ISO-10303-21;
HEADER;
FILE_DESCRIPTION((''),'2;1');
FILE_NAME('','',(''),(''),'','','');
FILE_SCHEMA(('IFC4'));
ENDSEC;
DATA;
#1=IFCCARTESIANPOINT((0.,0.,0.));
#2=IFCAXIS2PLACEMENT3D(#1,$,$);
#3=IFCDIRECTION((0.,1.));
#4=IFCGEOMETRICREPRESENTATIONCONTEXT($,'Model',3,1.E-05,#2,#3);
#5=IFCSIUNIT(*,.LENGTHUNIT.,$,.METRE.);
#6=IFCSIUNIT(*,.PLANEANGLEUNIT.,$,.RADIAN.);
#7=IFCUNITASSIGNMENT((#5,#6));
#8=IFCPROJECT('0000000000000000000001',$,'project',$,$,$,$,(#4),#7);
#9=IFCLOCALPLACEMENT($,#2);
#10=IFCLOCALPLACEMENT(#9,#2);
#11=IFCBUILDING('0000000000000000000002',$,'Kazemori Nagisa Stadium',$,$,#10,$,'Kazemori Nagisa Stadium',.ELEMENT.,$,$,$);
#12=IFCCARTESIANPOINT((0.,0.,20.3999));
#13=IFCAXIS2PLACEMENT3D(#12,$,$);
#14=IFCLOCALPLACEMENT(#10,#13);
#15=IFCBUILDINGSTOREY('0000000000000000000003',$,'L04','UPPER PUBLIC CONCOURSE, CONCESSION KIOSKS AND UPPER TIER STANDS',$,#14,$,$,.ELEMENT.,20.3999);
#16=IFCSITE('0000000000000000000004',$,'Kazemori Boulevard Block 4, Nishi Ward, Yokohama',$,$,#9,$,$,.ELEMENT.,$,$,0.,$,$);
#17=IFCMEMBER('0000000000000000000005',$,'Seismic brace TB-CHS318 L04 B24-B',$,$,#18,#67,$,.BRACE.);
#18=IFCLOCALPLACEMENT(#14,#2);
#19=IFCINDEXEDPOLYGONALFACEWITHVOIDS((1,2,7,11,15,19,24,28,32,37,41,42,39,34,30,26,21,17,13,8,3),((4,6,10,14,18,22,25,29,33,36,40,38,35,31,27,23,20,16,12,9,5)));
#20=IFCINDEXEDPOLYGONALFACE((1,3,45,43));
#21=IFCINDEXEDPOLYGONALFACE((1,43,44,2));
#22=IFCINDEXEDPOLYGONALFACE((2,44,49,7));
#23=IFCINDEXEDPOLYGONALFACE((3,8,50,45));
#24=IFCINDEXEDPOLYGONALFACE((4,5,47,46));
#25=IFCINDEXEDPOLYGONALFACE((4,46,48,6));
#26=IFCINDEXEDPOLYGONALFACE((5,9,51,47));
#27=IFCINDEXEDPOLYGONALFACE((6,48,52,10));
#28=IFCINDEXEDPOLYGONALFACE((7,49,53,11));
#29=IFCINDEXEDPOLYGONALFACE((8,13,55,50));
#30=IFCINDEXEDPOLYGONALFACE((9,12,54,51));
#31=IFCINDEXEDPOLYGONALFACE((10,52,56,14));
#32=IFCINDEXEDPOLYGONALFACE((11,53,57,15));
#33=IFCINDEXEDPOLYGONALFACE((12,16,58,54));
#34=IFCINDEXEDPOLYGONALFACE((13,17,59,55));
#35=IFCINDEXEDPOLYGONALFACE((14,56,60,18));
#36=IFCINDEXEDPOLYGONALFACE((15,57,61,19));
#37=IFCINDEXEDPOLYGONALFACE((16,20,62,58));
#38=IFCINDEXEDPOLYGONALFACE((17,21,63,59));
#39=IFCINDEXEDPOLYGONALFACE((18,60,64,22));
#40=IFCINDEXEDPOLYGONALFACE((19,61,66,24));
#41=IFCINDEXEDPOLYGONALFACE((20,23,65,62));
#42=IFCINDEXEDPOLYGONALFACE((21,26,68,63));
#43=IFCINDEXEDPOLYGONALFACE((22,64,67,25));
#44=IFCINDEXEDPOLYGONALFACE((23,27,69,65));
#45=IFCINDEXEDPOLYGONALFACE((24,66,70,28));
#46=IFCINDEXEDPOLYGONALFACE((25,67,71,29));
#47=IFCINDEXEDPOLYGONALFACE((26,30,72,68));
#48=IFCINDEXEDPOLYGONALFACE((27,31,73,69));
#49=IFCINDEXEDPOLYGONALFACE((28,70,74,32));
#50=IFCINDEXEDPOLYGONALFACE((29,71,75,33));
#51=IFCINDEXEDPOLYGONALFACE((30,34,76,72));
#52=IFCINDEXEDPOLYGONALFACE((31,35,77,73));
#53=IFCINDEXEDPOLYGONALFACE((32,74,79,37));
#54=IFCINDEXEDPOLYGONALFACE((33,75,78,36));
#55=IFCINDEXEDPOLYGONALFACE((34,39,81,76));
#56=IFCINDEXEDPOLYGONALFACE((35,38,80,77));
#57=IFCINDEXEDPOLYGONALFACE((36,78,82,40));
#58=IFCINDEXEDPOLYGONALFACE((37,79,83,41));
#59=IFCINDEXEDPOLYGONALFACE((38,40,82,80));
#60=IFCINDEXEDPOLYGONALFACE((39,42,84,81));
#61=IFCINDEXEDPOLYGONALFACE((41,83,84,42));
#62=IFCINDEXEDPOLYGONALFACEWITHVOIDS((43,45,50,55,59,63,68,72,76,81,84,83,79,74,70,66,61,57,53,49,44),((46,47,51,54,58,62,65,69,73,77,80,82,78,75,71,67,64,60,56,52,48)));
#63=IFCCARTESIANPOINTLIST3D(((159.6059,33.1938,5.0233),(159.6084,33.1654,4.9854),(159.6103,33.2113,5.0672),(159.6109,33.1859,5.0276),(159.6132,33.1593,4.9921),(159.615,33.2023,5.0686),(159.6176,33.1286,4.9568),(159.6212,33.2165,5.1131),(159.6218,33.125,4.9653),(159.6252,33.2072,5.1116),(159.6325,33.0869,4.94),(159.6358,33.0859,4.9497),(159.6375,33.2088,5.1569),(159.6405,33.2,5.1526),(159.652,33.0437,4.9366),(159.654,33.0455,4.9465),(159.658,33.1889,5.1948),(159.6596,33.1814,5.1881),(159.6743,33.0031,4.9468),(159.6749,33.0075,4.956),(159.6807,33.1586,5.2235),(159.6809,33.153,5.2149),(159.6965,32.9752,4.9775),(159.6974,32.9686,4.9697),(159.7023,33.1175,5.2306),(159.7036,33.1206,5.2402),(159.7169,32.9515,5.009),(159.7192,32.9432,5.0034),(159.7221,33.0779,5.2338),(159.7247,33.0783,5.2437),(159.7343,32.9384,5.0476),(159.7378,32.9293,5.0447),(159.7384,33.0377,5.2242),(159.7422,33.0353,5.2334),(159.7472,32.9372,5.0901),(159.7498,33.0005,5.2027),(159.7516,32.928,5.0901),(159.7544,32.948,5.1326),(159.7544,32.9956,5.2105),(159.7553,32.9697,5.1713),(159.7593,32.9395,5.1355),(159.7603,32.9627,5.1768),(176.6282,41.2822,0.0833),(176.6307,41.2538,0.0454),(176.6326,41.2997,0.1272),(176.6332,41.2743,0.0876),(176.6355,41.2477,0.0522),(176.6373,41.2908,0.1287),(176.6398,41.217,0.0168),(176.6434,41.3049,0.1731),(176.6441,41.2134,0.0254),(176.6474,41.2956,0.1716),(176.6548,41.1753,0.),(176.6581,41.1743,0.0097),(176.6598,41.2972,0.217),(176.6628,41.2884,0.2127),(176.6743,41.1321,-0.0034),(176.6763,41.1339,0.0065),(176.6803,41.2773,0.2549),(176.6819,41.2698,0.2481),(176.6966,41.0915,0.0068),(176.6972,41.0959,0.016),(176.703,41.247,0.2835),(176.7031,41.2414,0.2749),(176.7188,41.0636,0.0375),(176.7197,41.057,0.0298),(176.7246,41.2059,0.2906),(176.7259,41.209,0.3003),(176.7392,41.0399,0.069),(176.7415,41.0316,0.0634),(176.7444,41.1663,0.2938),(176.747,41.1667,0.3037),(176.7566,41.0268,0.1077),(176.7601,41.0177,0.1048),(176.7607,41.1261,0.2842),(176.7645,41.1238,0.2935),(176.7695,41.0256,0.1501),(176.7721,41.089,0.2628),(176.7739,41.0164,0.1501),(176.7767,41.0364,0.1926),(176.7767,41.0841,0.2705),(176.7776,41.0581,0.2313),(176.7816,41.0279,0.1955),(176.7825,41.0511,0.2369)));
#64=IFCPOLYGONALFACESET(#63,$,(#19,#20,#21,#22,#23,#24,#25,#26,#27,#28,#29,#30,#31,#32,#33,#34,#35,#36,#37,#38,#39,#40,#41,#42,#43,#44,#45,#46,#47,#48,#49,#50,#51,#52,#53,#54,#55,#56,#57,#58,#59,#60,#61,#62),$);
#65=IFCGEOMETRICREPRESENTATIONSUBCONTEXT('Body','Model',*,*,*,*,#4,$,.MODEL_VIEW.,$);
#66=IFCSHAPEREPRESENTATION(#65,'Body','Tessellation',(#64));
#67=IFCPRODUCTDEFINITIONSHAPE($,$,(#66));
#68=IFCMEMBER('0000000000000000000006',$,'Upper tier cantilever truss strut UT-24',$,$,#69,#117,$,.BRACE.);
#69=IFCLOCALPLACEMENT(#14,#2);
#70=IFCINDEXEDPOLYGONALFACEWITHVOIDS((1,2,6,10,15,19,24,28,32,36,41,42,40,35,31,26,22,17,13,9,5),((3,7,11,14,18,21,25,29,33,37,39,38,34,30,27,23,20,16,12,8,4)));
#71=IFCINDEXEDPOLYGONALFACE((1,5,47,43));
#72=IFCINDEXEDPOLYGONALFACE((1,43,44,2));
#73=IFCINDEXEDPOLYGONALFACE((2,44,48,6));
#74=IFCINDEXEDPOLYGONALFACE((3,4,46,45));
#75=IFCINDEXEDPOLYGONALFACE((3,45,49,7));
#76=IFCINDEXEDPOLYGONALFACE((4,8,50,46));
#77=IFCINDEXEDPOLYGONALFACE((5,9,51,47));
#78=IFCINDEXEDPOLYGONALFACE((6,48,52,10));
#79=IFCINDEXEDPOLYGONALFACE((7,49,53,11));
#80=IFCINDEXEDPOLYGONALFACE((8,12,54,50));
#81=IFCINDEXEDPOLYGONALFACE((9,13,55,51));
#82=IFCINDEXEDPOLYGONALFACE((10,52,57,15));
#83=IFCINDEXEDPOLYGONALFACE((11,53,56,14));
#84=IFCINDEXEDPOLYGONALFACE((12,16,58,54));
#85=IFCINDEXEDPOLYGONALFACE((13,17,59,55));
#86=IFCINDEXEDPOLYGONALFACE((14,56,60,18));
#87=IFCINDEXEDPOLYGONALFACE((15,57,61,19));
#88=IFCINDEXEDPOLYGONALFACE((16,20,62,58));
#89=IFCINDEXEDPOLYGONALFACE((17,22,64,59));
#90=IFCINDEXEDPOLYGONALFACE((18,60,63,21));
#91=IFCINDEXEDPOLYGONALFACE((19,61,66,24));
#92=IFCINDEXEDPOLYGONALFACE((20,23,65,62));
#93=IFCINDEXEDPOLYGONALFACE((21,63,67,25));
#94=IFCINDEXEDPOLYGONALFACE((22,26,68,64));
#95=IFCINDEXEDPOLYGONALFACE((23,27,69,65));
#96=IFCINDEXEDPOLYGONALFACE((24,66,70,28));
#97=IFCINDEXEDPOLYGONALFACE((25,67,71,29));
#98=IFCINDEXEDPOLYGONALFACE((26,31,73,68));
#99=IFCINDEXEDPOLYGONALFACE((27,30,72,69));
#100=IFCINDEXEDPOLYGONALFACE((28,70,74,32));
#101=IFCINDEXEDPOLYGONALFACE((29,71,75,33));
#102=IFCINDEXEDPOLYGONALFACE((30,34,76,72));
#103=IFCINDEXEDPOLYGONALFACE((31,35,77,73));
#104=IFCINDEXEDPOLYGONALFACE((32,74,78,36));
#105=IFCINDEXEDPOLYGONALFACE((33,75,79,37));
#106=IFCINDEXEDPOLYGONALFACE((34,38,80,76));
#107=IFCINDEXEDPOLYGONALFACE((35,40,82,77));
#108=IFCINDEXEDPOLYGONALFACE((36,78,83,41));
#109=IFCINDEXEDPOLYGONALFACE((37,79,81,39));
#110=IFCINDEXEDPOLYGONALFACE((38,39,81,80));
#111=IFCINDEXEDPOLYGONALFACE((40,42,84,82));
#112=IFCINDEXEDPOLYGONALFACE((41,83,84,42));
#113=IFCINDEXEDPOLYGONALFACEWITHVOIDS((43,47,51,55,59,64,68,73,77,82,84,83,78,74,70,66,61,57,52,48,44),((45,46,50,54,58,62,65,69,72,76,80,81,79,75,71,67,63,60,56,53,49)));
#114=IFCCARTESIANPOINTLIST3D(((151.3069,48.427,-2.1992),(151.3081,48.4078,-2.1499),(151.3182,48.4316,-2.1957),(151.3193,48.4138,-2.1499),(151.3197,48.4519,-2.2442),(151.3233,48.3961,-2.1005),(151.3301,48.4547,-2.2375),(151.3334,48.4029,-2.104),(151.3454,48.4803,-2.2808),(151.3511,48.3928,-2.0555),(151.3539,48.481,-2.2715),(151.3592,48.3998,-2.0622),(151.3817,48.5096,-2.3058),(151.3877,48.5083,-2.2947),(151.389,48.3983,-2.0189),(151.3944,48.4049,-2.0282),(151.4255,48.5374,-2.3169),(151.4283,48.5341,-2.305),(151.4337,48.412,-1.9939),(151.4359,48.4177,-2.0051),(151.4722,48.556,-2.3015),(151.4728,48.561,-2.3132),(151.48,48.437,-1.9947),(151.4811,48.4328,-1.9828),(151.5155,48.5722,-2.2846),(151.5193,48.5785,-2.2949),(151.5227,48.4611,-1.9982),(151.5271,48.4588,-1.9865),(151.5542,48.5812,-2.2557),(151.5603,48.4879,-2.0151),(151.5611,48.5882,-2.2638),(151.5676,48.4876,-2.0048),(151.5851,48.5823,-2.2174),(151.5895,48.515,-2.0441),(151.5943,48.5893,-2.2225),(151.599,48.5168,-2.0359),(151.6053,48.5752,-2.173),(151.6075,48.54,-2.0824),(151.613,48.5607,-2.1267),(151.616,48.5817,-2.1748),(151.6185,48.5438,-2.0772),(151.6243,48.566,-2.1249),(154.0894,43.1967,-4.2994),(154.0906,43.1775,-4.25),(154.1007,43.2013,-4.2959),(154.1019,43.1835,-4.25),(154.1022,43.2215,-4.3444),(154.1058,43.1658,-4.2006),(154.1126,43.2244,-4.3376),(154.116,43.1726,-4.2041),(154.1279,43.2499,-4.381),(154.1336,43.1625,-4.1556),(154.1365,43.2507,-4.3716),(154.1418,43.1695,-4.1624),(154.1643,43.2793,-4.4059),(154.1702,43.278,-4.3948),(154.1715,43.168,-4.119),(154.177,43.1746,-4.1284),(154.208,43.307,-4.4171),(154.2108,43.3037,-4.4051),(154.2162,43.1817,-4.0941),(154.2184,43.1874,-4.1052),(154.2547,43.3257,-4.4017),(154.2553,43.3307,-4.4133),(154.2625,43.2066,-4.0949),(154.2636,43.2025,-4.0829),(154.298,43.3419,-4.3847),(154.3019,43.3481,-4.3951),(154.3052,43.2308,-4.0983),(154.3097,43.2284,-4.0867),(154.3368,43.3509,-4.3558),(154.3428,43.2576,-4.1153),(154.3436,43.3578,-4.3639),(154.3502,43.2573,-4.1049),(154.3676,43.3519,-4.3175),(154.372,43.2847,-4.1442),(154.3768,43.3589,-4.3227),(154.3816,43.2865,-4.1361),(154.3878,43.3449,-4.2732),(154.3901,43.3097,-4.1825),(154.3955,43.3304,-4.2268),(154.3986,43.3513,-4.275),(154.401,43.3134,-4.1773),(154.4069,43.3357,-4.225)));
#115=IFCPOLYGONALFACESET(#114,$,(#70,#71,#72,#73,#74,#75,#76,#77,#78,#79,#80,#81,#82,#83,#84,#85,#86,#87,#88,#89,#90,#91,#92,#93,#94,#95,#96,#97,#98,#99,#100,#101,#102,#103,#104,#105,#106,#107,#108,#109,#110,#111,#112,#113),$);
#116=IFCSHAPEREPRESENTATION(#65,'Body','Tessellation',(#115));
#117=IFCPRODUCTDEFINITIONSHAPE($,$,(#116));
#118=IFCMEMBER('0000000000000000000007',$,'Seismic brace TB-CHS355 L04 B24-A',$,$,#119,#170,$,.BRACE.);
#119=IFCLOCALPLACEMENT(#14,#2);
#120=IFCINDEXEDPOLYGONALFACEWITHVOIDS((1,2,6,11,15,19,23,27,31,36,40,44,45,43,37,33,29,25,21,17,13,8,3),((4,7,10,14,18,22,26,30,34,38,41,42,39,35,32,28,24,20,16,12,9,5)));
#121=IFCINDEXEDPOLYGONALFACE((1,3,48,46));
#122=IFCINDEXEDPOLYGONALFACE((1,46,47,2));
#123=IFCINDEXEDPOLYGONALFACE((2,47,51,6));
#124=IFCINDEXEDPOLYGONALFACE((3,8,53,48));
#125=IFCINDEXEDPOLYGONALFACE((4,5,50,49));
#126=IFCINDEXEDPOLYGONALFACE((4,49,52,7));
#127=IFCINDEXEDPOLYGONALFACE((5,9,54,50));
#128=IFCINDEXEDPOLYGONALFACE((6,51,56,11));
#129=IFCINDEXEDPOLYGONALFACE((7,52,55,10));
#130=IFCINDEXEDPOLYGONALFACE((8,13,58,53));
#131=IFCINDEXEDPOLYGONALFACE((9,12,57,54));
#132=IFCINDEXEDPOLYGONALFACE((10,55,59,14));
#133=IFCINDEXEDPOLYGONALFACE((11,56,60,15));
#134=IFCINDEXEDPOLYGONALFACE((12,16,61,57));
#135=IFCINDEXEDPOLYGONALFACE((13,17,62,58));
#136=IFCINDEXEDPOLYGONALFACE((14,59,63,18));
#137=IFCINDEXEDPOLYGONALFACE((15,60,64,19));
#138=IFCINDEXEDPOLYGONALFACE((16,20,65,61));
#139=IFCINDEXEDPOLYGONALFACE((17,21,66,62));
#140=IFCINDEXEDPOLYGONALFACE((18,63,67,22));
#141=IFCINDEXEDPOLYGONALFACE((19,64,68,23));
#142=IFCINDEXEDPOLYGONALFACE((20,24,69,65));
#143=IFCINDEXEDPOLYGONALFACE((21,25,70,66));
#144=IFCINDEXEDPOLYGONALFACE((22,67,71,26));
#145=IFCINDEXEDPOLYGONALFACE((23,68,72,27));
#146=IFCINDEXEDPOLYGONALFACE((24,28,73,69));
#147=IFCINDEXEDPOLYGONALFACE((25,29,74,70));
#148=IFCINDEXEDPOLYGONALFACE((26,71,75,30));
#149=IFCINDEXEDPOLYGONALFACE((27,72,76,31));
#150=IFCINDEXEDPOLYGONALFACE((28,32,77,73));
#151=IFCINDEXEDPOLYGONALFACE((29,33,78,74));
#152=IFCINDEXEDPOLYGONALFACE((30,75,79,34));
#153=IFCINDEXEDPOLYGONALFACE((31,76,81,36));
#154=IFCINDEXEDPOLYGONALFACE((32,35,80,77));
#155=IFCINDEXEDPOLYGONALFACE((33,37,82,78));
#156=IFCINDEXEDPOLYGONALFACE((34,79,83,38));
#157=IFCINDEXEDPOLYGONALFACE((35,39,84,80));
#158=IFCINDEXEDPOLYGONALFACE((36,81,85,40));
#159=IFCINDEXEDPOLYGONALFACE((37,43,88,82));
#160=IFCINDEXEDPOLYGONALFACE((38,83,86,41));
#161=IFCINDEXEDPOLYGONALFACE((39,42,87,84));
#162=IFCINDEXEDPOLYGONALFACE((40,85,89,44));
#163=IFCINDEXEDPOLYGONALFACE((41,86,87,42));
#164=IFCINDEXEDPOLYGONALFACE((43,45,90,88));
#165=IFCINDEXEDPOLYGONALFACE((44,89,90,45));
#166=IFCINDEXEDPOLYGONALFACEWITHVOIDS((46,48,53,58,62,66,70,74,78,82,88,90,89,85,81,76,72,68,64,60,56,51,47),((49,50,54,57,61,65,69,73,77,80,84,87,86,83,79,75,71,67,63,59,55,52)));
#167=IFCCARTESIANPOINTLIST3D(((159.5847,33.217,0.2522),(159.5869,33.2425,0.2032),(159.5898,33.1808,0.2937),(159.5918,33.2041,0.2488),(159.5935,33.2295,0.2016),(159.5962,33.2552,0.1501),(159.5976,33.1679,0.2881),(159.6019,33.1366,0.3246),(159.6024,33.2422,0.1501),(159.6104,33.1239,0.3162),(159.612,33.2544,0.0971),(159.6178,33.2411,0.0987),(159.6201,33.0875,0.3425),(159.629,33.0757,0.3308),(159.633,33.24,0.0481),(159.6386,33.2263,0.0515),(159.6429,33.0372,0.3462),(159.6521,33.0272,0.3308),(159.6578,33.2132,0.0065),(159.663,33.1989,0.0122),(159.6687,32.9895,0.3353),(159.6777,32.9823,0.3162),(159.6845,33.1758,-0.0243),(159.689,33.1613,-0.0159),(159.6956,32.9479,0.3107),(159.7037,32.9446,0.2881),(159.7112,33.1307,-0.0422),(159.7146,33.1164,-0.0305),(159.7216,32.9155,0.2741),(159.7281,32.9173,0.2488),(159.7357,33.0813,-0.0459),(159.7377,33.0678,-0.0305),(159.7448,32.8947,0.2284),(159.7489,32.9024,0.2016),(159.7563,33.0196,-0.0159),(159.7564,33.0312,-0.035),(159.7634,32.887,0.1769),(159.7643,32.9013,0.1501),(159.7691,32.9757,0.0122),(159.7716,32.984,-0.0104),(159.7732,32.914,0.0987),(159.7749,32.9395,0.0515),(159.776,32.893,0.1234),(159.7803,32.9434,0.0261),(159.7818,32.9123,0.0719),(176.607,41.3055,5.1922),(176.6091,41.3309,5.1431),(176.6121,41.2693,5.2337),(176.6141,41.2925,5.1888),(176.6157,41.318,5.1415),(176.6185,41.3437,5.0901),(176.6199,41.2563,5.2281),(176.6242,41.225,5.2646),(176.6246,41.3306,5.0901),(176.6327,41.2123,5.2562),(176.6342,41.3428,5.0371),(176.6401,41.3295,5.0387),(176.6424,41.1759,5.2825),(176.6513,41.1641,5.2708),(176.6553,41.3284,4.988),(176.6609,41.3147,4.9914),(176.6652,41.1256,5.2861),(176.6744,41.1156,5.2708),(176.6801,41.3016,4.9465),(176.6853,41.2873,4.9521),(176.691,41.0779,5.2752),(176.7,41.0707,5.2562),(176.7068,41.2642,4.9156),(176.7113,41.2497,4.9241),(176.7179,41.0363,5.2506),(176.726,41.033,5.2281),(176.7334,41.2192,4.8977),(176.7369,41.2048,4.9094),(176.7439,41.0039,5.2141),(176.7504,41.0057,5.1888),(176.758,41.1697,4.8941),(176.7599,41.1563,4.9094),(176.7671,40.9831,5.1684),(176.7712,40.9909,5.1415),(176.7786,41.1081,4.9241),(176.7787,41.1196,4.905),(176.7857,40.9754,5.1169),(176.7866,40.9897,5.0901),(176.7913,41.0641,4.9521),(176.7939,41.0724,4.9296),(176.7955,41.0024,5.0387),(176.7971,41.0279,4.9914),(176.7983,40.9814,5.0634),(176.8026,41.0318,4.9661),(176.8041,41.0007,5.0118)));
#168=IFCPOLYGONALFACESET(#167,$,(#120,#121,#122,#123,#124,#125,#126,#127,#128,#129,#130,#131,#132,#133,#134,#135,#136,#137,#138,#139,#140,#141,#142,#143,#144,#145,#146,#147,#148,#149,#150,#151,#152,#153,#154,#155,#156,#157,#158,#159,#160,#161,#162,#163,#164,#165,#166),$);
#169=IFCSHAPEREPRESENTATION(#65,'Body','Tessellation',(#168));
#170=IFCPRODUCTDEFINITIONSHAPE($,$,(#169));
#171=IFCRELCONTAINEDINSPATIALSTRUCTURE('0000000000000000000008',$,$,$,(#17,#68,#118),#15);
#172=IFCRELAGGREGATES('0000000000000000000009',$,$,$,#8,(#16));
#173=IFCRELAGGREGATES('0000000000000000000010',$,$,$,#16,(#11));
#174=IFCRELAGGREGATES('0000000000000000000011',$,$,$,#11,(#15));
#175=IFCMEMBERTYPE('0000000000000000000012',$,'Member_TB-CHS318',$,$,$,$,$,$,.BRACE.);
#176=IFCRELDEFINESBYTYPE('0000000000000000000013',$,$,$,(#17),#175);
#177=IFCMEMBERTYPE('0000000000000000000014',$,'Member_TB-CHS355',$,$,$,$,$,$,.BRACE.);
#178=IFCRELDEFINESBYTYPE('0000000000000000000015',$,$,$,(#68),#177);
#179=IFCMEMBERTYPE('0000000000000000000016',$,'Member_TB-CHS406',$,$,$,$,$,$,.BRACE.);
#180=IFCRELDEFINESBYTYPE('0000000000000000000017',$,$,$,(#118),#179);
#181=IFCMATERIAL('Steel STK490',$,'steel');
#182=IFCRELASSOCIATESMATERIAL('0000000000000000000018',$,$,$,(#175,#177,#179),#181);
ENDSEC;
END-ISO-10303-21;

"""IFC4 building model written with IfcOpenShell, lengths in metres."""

from ifc_helpers import new_model, si_unit, direction, frame, origin, origin_2d, place, context, subcontext, project, spatial, hollow_circle, extrude, material, material_profile, profile_set, type_object, element, save


model = new_model("IFC4")

# Units and contexts
model_context = context("Model", 3, precision=1e-05, world=origin(), true_north=direction((0.0, 1.0)))
body_context = subcontext(model_context, "Body", "Model", "MODEL_VIEW")
ifc_project = project(units=[si_unit("LENGTHUNIT", "METRE"), si_unit("PLANEANGLEUNIT", "RADIAN")], contexts=[model_context])

# Site, building, storey
site_placement = place(None, origin())
site = spatial("IfcSite", under=ifc_project, at=site_placement, Name="Kazemori Boulevard Block 4, Nishi Ward, Yokohama", CompositionType="ELEMENT", RefElevation=0.0)
building_placement = place(site_placement, origin())
building = spatial("IfcBuilding", under=site, at=building_placement, Name="Kazemori Nagisa Stadium", LongName="Kazemori Nagisa Stadium", CompositionType="ELEMENT")
storey_placement = place(building_placement, frame((0.0, 0.0, 20.3999)))
storey = spatial("IfcBuildingStorey", under=building, at=storey_placement, Name="L04", Description="UPPER PUBLIC CONCOURSE, CONCESSION KIOSKS AND UPPER TIER STANDS", CompositionType="ELEMENT", Elevation=20.3999)

# Members
ifc_material_1 = material(Name="Steel STK490", Category="steel")
ifc_material_profile_1 = material_profile(ifc_material_1, hollow_circle(Radius=0.1592, WallThickness=0.0103, at=origin_2d()), Name="CHS-318.5x10.3")
ifc_profile_set_1 = profile_set([ifc_material_profile_1], Name="Steel STK490")
member_type_1 = type_object("IfcMemberType", Name="Member_TB-CHS318", PredefinedType="BRACE", material=ifc_profile_set_1)
member_1_placement = place(storey_placement, frame((176.7056, 41.1602, 0.1501), z_axis=(-0.873703, -0.415154, 0.253554), x_axis=(0.429179, -0.903219, 0.0)))
element("IfcMember", 1, at=member_1_placement, inside=storey, type_object=member_type_1, Name="Seismic brace TB-CHS318 L04 B24-B", PredefinedType="BRACE", context=body_context, shape_type="SweptSolid", body=[
    extrude(hollow_circle(Radius=0.1592, WallThickness=0.0103, at=origin_2d()), origin(), (0.0, 0.0, 1.0), 19.4829),
])
ifc_material_profile_2 = material_profile(ifc_material_1, hollow_circle(Radius=0.1777, WallThickness=0.0127, at=origin_2d()), Name="CHS-355.6x12.7")
ifc_profile_set_2 = profile_set([ifc_material_profile_2], Name="Steel STK490")
member_type_2 = type_object("IfcMemberType", Name="Member_TB-CHS355", PredefinedType="BRACE", material=ifc_profile_set_2)
member_2_placement = place(storey_placement, frame((154.2476, 43.261, -4.25), z_axis=(-0.442679, 0.832106, 0.334117), x_axis=(-0.882842, -0.46967, 0.0)))
element("IfcMember", 2, at=member_2_placement, inside=storey, type_object=member_type_2, Name="Upper tier cantilever truss strut UT-24", PredefinedType="BRACE", context=body_context, shape_type="SweptSolid", body=[
    extrude(hollow_circle(Radius=0.1777, WallThickness=0.0127, at=origin_2d()), origin(), (0.0, 0.0, 1.0), 6.2856),
])
ifc_material_profile_3 = material_profile(ifc_material_1, hollow_circle(Radius=0.2031, WallThickness=0.0144, at=origin_2d()), Name="CHS-406.4x14.3")
ifc_profile_set_3 = profile_set([ifc_material_profile_3], Name="Steel STK490")
member_type_3 = type_object("IfcMemberType", Name="Member_TB-CHS406", PredefinedType="BRACE", material=ifc_profile_set_3)
member_3_placement = place(storey_placement, frame((159.6833, 33.0718, 0.1501), z_axis=(0.873703, 0.415154, 0.253554), x_axis=(-0.429179, 0.903219, 0.0)))
element("IfcMember", 3, at=member_3_placement, inside=storey, type_object=member_type_3, Name="Seismic brace TB-CHS355 L04 B24-A", PredefinedType="BRACE", context=body_context, shape_type="SweptSolid", body=[
    extrude(hollow_circle(Radius=0.2031, WallThickness=0.0144, at=origin_2d()), origin(), (0.0, 0.0, 1.0), 19.4829),
])

save(model, "model.ifc")
